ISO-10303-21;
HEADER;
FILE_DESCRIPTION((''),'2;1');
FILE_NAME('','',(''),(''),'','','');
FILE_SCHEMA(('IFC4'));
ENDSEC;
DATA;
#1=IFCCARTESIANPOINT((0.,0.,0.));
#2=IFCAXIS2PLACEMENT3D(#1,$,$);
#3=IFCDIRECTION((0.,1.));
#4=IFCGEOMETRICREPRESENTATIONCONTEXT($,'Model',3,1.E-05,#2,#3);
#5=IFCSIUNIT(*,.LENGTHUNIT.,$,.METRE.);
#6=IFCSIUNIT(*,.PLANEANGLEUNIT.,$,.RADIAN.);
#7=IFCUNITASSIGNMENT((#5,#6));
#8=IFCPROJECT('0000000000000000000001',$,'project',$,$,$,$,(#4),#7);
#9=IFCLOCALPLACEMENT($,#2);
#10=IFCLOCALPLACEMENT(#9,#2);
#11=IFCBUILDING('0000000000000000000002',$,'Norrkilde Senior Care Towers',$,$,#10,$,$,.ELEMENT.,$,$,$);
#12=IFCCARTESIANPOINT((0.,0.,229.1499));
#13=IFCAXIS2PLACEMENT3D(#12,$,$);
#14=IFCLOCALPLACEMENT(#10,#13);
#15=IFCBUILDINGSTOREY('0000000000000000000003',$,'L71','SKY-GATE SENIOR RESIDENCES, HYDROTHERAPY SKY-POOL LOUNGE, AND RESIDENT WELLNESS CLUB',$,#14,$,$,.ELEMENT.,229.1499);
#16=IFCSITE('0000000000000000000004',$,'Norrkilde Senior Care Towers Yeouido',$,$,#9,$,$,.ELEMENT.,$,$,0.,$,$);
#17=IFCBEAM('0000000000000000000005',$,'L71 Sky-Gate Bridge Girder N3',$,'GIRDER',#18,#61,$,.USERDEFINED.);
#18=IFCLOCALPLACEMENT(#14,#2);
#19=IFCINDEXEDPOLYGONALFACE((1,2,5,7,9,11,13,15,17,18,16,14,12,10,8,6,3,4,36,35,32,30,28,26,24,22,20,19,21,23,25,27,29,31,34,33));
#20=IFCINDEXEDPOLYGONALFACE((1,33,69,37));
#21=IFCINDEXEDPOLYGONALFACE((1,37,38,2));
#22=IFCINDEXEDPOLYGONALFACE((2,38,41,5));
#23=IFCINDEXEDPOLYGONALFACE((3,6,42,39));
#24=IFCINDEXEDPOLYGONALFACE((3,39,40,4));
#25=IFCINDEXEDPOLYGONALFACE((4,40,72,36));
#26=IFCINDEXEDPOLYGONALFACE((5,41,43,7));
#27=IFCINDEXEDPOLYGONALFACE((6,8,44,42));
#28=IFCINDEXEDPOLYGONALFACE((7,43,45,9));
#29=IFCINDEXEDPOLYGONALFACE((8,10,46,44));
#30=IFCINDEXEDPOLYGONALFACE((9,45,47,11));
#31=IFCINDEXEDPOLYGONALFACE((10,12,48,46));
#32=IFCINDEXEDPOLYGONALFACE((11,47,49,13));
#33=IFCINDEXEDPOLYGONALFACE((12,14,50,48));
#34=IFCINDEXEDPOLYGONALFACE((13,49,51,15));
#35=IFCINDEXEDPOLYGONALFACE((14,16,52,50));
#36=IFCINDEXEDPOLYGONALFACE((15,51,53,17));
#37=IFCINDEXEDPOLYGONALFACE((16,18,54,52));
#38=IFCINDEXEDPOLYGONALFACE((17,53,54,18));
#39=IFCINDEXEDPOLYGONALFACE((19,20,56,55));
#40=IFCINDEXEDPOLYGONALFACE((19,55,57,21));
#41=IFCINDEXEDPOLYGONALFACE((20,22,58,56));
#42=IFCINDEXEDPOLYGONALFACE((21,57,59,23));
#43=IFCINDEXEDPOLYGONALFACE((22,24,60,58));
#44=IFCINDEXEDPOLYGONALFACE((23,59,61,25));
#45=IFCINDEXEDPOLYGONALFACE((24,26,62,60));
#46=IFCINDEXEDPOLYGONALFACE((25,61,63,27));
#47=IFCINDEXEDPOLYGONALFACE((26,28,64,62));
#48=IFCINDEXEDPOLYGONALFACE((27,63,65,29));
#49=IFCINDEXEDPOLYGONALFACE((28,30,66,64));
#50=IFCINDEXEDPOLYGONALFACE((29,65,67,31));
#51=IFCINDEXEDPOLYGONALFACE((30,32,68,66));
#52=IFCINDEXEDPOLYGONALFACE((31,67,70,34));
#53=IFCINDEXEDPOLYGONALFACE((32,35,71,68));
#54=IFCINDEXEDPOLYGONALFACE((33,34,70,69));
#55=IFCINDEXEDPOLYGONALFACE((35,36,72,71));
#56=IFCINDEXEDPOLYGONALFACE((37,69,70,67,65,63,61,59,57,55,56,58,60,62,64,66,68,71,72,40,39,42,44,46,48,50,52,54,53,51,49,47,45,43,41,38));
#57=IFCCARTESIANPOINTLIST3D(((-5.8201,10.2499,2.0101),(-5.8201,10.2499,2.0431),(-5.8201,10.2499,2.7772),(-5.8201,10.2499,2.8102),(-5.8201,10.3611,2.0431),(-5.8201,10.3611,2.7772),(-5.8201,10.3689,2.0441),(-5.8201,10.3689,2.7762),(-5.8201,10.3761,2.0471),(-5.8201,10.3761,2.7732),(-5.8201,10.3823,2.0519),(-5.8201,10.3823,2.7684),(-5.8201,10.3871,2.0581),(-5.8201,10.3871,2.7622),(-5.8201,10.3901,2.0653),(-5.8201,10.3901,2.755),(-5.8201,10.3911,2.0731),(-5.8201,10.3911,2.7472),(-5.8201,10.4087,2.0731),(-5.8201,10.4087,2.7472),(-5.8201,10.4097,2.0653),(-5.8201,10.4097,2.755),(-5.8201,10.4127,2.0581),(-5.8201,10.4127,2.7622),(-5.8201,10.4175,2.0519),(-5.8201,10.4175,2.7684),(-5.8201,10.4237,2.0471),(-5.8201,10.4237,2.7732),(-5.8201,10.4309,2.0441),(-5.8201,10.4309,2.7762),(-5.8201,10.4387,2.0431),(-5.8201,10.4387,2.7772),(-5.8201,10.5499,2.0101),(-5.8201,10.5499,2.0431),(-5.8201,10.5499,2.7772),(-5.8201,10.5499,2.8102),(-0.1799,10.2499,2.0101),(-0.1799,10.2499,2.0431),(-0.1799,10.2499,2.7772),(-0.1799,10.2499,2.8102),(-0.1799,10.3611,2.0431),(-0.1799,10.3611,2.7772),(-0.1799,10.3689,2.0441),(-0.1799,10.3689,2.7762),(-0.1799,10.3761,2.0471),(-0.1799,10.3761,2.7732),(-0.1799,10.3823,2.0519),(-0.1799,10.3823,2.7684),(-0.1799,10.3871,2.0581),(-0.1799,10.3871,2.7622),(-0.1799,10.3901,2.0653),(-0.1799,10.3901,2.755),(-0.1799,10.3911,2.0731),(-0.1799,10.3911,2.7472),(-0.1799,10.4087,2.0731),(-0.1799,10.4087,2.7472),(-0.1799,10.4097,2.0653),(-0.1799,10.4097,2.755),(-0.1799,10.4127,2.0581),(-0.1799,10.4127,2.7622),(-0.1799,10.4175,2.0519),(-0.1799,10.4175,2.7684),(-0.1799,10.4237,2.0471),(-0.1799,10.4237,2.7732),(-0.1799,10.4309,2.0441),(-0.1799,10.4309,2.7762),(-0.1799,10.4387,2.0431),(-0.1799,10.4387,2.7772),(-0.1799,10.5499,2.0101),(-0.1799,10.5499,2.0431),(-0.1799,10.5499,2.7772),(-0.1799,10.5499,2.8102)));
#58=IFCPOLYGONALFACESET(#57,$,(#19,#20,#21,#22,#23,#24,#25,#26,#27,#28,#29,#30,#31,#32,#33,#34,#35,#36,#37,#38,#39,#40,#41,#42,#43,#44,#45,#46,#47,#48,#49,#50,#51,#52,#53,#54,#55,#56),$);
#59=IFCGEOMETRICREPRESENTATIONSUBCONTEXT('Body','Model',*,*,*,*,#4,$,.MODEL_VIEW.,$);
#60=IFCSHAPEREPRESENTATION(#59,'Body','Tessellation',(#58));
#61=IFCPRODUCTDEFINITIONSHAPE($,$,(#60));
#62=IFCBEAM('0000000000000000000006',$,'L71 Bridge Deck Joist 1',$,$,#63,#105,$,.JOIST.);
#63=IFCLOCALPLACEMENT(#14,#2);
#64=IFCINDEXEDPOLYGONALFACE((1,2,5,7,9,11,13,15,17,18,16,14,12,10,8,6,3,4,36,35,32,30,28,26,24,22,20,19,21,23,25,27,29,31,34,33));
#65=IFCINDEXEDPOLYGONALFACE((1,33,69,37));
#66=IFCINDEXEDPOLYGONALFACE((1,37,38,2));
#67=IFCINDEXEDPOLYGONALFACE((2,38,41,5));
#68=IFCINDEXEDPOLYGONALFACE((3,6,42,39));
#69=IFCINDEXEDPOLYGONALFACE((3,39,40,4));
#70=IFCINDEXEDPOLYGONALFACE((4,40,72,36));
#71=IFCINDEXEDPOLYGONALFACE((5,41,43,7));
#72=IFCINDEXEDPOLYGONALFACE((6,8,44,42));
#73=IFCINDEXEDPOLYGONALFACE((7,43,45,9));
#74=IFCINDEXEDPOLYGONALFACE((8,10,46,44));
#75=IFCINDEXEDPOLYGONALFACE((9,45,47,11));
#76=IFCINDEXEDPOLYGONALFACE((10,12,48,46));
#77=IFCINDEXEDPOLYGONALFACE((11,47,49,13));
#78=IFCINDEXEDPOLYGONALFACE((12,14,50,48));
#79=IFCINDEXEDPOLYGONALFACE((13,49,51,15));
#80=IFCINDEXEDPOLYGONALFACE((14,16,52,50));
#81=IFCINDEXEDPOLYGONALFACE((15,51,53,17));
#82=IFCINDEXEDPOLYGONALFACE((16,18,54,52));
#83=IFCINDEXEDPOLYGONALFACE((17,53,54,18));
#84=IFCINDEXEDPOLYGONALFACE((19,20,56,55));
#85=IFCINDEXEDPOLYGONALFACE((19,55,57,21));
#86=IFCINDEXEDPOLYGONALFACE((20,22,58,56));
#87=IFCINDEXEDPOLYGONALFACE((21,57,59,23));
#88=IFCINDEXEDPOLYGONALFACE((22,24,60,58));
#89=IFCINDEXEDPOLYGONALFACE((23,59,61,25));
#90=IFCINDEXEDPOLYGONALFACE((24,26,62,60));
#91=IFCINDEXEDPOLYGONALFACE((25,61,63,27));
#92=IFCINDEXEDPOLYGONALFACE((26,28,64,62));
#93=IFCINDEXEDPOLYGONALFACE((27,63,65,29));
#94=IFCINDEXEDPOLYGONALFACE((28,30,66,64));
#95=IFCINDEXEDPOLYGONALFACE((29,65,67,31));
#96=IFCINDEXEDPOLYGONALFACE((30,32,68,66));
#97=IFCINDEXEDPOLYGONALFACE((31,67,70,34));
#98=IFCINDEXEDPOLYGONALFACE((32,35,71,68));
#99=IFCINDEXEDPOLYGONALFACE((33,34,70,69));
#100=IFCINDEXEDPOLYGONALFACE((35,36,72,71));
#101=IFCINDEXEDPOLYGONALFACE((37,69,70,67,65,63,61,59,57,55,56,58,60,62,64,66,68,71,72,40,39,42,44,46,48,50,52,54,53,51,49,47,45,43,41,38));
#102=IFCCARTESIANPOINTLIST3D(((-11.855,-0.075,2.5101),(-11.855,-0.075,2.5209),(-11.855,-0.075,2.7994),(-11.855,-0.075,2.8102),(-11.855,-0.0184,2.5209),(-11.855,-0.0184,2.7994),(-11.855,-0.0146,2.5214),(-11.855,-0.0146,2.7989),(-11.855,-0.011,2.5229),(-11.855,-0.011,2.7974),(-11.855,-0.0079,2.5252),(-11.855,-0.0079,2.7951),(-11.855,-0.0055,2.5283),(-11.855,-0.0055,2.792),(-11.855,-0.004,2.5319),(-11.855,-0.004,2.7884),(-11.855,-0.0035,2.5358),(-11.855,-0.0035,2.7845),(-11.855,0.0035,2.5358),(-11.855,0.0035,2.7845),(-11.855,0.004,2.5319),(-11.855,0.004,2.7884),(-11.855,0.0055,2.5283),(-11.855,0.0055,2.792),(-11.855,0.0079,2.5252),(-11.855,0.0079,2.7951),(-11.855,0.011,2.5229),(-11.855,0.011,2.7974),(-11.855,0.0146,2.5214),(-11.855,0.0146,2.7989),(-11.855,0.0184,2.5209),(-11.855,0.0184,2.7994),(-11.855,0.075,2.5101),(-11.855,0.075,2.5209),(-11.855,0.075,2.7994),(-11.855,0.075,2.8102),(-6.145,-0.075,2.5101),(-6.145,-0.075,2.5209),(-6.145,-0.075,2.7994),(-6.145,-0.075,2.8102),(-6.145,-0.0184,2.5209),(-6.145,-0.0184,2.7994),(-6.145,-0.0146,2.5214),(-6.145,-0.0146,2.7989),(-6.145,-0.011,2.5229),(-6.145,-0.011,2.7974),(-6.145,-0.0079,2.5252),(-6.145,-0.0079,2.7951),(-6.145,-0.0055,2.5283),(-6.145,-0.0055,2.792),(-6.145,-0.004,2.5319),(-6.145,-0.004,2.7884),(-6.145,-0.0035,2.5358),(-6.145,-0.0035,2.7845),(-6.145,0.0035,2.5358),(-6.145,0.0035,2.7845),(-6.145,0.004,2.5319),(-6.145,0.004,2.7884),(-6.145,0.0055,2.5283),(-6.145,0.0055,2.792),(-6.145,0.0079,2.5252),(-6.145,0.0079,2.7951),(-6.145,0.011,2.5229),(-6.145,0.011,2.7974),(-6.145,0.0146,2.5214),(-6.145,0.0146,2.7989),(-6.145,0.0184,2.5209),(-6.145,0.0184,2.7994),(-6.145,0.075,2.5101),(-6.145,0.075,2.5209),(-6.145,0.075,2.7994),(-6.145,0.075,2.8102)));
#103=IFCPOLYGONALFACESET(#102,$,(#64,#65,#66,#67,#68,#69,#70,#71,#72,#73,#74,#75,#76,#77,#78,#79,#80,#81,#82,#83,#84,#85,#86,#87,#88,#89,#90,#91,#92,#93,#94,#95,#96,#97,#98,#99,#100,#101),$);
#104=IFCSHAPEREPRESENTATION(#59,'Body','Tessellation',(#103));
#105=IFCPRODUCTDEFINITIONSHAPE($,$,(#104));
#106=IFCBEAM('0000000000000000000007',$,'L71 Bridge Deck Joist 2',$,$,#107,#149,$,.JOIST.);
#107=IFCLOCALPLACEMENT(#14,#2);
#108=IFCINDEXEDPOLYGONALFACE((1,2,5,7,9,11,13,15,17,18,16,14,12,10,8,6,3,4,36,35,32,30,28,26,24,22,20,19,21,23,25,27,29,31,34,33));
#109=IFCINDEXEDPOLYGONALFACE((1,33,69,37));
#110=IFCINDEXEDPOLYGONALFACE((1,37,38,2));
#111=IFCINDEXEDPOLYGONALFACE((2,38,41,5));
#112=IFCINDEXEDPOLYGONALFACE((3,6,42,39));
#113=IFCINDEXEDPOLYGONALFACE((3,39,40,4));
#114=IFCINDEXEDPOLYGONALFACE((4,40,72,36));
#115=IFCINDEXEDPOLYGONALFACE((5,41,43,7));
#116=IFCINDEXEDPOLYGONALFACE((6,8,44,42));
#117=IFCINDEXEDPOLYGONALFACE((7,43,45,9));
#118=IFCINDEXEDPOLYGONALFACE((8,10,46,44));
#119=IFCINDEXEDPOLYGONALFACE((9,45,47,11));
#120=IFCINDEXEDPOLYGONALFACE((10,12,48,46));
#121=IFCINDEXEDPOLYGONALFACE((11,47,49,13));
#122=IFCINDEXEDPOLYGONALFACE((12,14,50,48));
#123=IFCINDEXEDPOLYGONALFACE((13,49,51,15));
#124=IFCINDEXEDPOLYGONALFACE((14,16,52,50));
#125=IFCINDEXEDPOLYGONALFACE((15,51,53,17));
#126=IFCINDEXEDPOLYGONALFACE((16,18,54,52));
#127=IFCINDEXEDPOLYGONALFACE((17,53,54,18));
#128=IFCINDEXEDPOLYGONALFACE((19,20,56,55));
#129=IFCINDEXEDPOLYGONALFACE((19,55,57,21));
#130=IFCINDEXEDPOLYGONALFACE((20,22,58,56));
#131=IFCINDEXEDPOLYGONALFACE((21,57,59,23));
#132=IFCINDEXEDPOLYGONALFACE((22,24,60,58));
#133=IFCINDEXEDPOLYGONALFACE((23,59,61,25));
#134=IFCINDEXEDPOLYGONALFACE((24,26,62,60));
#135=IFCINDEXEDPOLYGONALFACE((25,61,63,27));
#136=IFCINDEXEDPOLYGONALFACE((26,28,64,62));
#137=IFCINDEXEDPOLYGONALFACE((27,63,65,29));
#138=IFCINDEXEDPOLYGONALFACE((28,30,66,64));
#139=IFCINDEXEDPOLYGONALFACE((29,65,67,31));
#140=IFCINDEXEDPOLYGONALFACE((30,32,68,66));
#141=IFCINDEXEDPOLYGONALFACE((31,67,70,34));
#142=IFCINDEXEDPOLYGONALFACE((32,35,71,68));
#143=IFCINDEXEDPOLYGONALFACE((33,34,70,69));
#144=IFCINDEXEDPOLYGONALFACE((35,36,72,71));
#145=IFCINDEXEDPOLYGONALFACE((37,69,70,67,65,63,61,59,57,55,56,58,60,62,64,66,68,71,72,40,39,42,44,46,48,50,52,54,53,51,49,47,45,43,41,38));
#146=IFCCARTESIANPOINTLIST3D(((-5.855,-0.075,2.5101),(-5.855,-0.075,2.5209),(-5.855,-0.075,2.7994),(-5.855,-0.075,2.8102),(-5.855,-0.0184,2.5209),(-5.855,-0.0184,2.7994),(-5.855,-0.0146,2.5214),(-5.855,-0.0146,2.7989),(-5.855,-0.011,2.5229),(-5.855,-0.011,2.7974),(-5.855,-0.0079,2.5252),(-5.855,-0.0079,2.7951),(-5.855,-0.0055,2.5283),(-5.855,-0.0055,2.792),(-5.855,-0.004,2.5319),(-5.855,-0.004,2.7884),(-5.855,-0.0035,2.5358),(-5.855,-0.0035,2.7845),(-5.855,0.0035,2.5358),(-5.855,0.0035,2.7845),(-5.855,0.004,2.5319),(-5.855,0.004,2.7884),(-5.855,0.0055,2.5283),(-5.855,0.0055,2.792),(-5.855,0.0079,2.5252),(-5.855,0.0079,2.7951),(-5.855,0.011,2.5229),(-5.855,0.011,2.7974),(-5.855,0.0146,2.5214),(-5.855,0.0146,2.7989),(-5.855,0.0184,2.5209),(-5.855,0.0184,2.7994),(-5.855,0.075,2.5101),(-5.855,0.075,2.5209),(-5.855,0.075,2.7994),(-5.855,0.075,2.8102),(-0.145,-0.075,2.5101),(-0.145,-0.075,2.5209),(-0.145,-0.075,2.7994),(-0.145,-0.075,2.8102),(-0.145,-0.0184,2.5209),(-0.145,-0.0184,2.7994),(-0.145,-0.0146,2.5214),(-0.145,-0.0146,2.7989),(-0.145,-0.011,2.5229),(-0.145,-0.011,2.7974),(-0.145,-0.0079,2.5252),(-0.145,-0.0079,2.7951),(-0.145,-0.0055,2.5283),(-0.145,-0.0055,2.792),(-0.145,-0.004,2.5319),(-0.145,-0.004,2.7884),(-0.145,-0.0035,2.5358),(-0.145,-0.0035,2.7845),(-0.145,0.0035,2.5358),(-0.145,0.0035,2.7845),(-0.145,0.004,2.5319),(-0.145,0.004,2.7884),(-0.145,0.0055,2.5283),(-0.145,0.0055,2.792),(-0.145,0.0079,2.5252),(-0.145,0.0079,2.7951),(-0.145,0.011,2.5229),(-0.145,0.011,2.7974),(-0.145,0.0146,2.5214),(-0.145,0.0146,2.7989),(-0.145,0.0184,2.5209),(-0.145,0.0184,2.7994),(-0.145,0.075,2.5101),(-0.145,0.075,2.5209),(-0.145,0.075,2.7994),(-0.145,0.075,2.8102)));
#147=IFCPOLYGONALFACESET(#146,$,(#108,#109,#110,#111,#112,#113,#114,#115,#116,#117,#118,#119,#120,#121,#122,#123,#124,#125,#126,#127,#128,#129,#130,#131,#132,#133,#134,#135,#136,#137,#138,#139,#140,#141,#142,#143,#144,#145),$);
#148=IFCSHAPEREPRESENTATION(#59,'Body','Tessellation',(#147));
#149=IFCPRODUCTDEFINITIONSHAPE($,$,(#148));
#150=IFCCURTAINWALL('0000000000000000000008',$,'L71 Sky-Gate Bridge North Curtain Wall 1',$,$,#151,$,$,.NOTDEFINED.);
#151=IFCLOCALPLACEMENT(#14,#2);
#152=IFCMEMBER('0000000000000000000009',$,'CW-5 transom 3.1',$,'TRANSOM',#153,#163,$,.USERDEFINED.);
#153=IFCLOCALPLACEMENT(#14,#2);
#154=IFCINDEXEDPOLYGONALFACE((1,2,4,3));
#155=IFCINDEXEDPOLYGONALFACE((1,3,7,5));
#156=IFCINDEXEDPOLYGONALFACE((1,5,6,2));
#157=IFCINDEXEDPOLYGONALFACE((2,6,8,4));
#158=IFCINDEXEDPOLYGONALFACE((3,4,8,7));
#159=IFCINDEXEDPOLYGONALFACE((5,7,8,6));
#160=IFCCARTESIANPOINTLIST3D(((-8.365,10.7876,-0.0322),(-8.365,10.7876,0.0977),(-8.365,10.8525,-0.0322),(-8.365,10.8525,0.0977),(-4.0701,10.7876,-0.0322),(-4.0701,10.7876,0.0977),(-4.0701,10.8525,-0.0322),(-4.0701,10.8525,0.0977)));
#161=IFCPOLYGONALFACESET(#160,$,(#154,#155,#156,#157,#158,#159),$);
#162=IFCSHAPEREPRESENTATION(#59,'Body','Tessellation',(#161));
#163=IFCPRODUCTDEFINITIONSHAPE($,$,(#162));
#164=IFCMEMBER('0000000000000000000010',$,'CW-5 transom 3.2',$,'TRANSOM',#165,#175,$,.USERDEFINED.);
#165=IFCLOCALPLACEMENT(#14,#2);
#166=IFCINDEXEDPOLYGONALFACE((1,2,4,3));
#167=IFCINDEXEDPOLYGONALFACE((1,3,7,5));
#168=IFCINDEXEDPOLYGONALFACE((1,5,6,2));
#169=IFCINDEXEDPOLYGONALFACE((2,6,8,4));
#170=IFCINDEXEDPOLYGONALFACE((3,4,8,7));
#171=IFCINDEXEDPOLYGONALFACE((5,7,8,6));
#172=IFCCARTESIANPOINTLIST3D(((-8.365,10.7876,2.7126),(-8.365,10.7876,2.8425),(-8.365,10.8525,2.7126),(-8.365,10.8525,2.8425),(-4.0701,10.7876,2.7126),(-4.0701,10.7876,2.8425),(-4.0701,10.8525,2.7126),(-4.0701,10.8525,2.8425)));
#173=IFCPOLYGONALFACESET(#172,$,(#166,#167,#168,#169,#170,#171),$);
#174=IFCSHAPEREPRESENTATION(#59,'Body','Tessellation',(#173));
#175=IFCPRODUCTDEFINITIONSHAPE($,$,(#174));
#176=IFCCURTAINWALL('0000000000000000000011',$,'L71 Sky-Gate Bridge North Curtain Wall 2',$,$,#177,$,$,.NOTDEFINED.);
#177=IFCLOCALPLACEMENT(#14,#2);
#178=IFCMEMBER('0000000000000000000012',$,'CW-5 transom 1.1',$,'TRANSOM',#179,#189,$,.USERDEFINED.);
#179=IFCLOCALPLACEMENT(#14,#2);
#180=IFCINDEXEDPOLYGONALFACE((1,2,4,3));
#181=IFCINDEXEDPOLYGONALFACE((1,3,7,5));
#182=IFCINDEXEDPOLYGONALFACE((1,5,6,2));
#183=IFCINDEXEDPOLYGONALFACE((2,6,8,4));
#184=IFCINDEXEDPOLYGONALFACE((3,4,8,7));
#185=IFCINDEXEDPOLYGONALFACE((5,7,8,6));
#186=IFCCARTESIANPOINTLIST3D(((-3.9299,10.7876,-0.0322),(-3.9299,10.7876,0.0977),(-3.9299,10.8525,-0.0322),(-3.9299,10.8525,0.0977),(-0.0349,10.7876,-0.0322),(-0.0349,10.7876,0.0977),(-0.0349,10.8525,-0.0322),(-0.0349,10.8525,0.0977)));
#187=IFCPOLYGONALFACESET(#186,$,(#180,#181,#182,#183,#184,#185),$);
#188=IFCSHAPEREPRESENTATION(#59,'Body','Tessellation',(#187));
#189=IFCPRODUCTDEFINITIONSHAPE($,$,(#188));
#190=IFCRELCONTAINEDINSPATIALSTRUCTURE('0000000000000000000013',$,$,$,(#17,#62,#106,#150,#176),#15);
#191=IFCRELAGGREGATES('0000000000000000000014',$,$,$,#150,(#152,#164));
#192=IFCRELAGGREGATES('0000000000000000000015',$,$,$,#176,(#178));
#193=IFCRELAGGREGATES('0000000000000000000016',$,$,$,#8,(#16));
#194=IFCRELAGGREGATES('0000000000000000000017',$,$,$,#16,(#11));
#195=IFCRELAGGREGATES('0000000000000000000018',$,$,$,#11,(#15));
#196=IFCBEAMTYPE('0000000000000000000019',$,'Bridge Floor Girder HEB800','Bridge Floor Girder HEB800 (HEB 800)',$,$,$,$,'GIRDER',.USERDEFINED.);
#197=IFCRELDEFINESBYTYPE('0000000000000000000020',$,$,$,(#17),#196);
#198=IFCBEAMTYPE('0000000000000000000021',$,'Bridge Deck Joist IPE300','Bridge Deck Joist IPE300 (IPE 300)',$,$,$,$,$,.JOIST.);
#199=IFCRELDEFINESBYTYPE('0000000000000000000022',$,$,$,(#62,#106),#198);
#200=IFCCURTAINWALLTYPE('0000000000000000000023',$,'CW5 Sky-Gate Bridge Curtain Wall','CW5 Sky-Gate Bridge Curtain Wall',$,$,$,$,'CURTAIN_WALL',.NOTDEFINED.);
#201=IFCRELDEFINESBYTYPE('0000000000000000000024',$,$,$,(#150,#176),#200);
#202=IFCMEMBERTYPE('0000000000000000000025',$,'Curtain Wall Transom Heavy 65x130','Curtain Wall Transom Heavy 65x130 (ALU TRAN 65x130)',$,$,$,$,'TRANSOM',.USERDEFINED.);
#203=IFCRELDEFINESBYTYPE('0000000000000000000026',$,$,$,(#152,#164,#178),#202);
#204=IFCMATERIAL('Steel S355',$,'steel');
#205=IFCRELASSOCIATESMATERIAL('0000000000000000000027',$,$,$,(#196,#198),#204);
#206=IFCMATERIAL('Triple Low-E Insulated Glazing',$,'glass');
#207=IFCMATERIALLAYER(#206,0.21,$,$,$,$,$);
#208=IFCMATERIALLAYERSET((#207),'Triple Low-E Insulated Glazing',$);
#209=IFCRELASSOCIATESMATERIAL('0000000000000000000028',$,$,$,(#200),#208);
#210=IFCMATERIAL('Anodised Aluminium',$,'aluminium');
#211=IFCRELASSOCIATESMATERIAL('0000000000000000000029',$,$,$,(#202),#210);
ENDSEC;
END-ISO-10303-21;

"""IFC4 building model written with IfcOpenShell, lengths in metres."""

from ifc_helpers import new_model, si_unit, direction, frame, origin, origin_2d, place, context, subcontext, project, spatial, rectangle, i_section, extrude, source, transform, mapped, material, layer, layer_set, material_profile, profile_set, type_object, type_shapes, element, aggregate, save


model = new_model("IFC4")

# Units and contexts
model_context = context("Model", 3, precision=1e-05, world=origin(), true_north=direction((0.0, 1.0)))
body_context = subcontext(model_context, "Body", "Model", "MODEL_VIEW")
ifc_project = project(units=[si_unit("LENGTHUNIT", "METRE"), si_unit("PLANEANGLEUNIT", "RADIAN")], contexts=[model_context])

# Site, building, storey
site_placement = place(None, origin())
site = spatial("IfcSite", under=ifc_project, at=site_placement, Name="Norrkilde Senior Care Towers Yeouido", CompositionType="ELEMENT", RefElevation=0.0)
building_placement = place(site_placement, origin())
building = spatial("IfcBuilding", under=site, at=building_placement, Name="Norrkilde Senior Care Towers", CompositionType="ELEMENT")
storey_placement = place(building_placement, frame((0.0, 0.0, 229.1499)))
storey = spatial("IfcBuildingStorey", under=building, at=storey_placement, Name="L71", Description="SKY-GATE SENIOR RESIDENCES, HYDROTHERAPY SKY-POOL LOUNGE, AND RESIDENT WELLNESS CLUB", CompositionType="ELEMENT", Elevation=229.1499)

# Shared definitions
ifc_material_1 = material(Name="Steel S355", Category="steel")

# Beams
ifc_material_profile_1 = material_profile(ifc_material_1, i_section(OverallWidth=0.3, OverallDepth=0.8, WebThickness=0.0176, FlangeThickness=0.033, FilletRadius=0.03, at=origin_2d()), Name="HEB 800")
ifc_profile_set_1 = profile_set([ifc_material_profile_1], Name="Steel S355")
beam_type_1 = type_object("IfcBeamType", Name="Bridge Floor Girder HEB800", Description="Bridge Floor Girder HEB800 (HEB 800)", ElementType="GIRDER", PredefinedType="USERDEFINED", material=ifc_profile_set_1)
shared_shape_1 = source(origin(), body_context, "Body", "SweptSolid", [
    extrude(i_section(OverallWidth=0.3, OverallDepth=0.8, WebThickness=0.0176, FlangeThickness=0.033, FilletRadius=0.03, at=origin_2d()), origin(), (0.0, 0.0, 1.0), 5.6401),
])
type_shapes(beam_type_1, [shared_shape_1])
for number, where, z_axis, x_axis, name in (
    (1, (-5.8201, 10.3999, 2.4102), (1.0, 0.0, 0.0), (0.0, 1.0, 0.0), "L71 Sky-Gate Bridge Girder N3"),
):
    element("IfcBeam", number, at=place(storey_placement, frame(where, z_axis=z_axis, x_axis=x_axis)), inside=storey, type_object=beam_type_1, Name=name, ObjectType="GIRDER", PredefinedType="USERDEFINED", context=body_context, shape_type="MappedRepresentation", body=[
        mapped(shared_shape_1, transform((0.0, 0.0, 0.0), x_axis=(1.0, 0.0, 0.0), y_axis=(0.0, 1.0, 0.0), z_axis=(0.0, 0.0, 1.0), scale=1.0)),
    ])
ifc_material_profile_2 = material_profile(ifc_material_1, i_section(OverallWidth=0.1499, OverallDepth=0.3, WebThickness=0.0071, FlangeThickness=0.0107, FilletRadius=0.0149, at=origin_2d()), Name="IPE 300")
ifc_profile_set_2 = profile_set([ifc_material_profile_2], Name="Steel S355")
beam_type_2 = type_object("IfcBeamType", Name="Bridge Deck Joist IPE300", Description="Bridge Deck Joist IPE300 (IPE 300)", PredefinedType="JOIST", material=ifc_profile_set_2)
shared_shape_2 = source(origin(), body_context, "Body", "SweptSolid", [
    extrude(i_section(OverallWidth=0.1499, OverallDepth=0.3, WebThickness=0.0071, FlangeThickness=0.0107, FilletRadius=0.0149, at=origin_2d()), origin(), (0.0, 0.0, 1.0), 5.71),
])
type_shapes(beam_type_2, [shared_shape_2])
for number, where, z_axis, x_axis, name in (
    (2, (-11.855, 0.0, 2.6602), (1.0, 0.0, 0.0), (0.0, 1.0, 0.0), "L71 Bridge Deck Joist 1"),
    (3, (-5.855, 0.0, 2.6602), (1.0, 0.0, 0.0), (0.0, 1.0, 0.0), "L71 Bridge Deck Joist 2"),
):
    element("IfcBeam", number, at=place(storey_placement, frame(where, z_axis=z_axis, x_axis=x_axis)), inside=storey, type_object=beam_type_2, Name=name, PredefinedType="JOIST", context=body_context, shape_type="MappedRepresentation", body=[
        mapped(shared_shape_2, transform((0.0, 0.0, 0.0), x_axis=(1.0, 0.0, 0.0), y_axis=(0.0, 1.0, 0.0), z_axis=(0.0, 0.0, 1.0), scale=1.0)),
    ])

# Curtain walls, members
ifc_material_2 = material(Name="Triple Low-E Insulated Glazing", Category="glass")
ifc_layer_1 = layer(ifc_material_2, 0.21)
ifc_layer_set_1 = layer_set([ifc_layer_1], Name="Triple Low-E Insulated Glazing")
curtain_wall_type = type_object("IfcCurtainWallType", Name="CW5 Sky-Gate Bridge Curtain Wall", Description="CW5 Sky-Gate Bridge Curtain Wall", ElementType="CURTAIN_WALL", PredefinedType="NOTDEFINED", material=ifc_layer_set_1)
curtain_wall_1_placement = place(storey_placement, origin())
curtain_wall_1 = element("IfcCurtainWall", 4, at=curtain_wall_1_placement, inside=storey, type_object=curtain_wall_type, Name="L71 Sky-Gate Bridge North Curtain Wall 1", PredefinedType="NOTDEFINED")
ifc_material_3 = material(Name="Anodised Aluminium", Category="aluminium")
ifc_material_profile_3 = material_profile(ifc_material_3, rectangle(XDim=0.0649, YDim=0.1299, at=origin_2d()), Name="ALU TRAN 65x130")
ifc_profile_set_3 = profile_set([ifc_material_profile_3], Name="Anodised Aluminium")
member_type_1 = type_object("IfcMemberType", Name="Curtain Wall Transom Heavy 65x130", Description="Curtain Wall Transom Heavy 65x130 (ALU TRAN 65x130)", ElementType="TRANSOM", PredefinedType="USERDEFINED", material=ifc_profile_set_3)
shared_shape_3 = source(origin(), body_context, "Body", "SweptSolid", [
    extrude(rectangle(XDim=0.0649, YDim=0.1299, at=origin_2d()), origin(), (0.0, 0.0, 1.0), 4.2949),
])
member_1_placement = place(storey_placement, frame((-8.365, 10.8201, 0.0327), z_axis=(1.0, 0.0, 0.0), x_axis=(0.0, 1.0, 0.0)))
member_1 = element("IfcMember", 5, at=member_1_placement, type_object=member_type_1, Name="CW-5 transom 3.1", ObjectType="TRANSOM", PredefinedType="USERDEFINED", context=body_context, shape_type="MappedRepresentation", body=[
    mapped(shared_shape_3, transform((0.0, 0.0, 0.0), x_axis=(1.0, 0.0, 0.0), y_axis=(0.0, 1.0, 0.0), z_axis=(0.0, 0.0, 1.0), scale=1.0)),
])
member_2_placement = place(storey_placement, frame((-8.365, 10.8201, 2.7776), z_axis=(1.0, 0.0, 0.0), x_axis=(0.0, 1.0, 0.0)))
member_2 = element("IfcMember", 6, at=member_2_placement, type_object=member_type_1, Name="CW-5 transom 3.2", ObjectType="TRANSOM", PredefinedType="USERDEFINED", context=body_context, shape_type="MappedRepresentation", body=[
    mapped(shared_shape_3, transform((0.0, 0.0, 0.0), x_axis=(1.0, 0.0, 0.0), y_axis=(0.0, 1.0, 0.0), z_axis=(0.0, 0.0, 1.0), scale=1.0)),
])
curtain_wall_2_placement = place(storey_placement, origin())
curtain_wall_2 = element("IfcCurtainWall", 7, at=curtain_wall_2_placement, inside=storey, type_object=curtain_wall_type, Name="L71 Sky-Gate Bridge North Curtain Wall 2", PredefinedType="NOTDEFINED")
shared_shape_4 = source(origin(), body_context, "Body", "SweptSolid", [
    extrude(rectangle(XDim=0.0649, YDim=0.1299, at=origin_2d()), origin(), (0.0, 0.0, 1.0), 3.895),
])
type_shapes(member_type_1, [shared_shape_3, shared_shape_4])
member_3_placement = place(storey_placement, frame((-3.9299, 10.8201, 0.0327), z_axis=(1.0, 0.0, 0.0), x_axis=(0.0, 1.0, 0.0)))
member_3 = element("IfcMember", 8, at=member_3_placement, type_object=member_type_1, Name="CW-5 transom 1.1", ObjectType="TRANSOM", PredefinedType="USERDEFINED", context=body_context, shape_type="MappedRepresentation", body=[
    mapped(shared_shape_4, transform((0.0, 0.0, 0.0), x_axis=(1.0, 0.0, 0.0), y_axis=(0.0, 1.0, 0.0), z_axis=(0.0, 0.0, 1.0), scale=1.0)),
])

aggregate(curtain_wall_1, [member_1, member_2])
aggregate(curtain_wall_2, [member_3])

save(model, "model.ifc")
